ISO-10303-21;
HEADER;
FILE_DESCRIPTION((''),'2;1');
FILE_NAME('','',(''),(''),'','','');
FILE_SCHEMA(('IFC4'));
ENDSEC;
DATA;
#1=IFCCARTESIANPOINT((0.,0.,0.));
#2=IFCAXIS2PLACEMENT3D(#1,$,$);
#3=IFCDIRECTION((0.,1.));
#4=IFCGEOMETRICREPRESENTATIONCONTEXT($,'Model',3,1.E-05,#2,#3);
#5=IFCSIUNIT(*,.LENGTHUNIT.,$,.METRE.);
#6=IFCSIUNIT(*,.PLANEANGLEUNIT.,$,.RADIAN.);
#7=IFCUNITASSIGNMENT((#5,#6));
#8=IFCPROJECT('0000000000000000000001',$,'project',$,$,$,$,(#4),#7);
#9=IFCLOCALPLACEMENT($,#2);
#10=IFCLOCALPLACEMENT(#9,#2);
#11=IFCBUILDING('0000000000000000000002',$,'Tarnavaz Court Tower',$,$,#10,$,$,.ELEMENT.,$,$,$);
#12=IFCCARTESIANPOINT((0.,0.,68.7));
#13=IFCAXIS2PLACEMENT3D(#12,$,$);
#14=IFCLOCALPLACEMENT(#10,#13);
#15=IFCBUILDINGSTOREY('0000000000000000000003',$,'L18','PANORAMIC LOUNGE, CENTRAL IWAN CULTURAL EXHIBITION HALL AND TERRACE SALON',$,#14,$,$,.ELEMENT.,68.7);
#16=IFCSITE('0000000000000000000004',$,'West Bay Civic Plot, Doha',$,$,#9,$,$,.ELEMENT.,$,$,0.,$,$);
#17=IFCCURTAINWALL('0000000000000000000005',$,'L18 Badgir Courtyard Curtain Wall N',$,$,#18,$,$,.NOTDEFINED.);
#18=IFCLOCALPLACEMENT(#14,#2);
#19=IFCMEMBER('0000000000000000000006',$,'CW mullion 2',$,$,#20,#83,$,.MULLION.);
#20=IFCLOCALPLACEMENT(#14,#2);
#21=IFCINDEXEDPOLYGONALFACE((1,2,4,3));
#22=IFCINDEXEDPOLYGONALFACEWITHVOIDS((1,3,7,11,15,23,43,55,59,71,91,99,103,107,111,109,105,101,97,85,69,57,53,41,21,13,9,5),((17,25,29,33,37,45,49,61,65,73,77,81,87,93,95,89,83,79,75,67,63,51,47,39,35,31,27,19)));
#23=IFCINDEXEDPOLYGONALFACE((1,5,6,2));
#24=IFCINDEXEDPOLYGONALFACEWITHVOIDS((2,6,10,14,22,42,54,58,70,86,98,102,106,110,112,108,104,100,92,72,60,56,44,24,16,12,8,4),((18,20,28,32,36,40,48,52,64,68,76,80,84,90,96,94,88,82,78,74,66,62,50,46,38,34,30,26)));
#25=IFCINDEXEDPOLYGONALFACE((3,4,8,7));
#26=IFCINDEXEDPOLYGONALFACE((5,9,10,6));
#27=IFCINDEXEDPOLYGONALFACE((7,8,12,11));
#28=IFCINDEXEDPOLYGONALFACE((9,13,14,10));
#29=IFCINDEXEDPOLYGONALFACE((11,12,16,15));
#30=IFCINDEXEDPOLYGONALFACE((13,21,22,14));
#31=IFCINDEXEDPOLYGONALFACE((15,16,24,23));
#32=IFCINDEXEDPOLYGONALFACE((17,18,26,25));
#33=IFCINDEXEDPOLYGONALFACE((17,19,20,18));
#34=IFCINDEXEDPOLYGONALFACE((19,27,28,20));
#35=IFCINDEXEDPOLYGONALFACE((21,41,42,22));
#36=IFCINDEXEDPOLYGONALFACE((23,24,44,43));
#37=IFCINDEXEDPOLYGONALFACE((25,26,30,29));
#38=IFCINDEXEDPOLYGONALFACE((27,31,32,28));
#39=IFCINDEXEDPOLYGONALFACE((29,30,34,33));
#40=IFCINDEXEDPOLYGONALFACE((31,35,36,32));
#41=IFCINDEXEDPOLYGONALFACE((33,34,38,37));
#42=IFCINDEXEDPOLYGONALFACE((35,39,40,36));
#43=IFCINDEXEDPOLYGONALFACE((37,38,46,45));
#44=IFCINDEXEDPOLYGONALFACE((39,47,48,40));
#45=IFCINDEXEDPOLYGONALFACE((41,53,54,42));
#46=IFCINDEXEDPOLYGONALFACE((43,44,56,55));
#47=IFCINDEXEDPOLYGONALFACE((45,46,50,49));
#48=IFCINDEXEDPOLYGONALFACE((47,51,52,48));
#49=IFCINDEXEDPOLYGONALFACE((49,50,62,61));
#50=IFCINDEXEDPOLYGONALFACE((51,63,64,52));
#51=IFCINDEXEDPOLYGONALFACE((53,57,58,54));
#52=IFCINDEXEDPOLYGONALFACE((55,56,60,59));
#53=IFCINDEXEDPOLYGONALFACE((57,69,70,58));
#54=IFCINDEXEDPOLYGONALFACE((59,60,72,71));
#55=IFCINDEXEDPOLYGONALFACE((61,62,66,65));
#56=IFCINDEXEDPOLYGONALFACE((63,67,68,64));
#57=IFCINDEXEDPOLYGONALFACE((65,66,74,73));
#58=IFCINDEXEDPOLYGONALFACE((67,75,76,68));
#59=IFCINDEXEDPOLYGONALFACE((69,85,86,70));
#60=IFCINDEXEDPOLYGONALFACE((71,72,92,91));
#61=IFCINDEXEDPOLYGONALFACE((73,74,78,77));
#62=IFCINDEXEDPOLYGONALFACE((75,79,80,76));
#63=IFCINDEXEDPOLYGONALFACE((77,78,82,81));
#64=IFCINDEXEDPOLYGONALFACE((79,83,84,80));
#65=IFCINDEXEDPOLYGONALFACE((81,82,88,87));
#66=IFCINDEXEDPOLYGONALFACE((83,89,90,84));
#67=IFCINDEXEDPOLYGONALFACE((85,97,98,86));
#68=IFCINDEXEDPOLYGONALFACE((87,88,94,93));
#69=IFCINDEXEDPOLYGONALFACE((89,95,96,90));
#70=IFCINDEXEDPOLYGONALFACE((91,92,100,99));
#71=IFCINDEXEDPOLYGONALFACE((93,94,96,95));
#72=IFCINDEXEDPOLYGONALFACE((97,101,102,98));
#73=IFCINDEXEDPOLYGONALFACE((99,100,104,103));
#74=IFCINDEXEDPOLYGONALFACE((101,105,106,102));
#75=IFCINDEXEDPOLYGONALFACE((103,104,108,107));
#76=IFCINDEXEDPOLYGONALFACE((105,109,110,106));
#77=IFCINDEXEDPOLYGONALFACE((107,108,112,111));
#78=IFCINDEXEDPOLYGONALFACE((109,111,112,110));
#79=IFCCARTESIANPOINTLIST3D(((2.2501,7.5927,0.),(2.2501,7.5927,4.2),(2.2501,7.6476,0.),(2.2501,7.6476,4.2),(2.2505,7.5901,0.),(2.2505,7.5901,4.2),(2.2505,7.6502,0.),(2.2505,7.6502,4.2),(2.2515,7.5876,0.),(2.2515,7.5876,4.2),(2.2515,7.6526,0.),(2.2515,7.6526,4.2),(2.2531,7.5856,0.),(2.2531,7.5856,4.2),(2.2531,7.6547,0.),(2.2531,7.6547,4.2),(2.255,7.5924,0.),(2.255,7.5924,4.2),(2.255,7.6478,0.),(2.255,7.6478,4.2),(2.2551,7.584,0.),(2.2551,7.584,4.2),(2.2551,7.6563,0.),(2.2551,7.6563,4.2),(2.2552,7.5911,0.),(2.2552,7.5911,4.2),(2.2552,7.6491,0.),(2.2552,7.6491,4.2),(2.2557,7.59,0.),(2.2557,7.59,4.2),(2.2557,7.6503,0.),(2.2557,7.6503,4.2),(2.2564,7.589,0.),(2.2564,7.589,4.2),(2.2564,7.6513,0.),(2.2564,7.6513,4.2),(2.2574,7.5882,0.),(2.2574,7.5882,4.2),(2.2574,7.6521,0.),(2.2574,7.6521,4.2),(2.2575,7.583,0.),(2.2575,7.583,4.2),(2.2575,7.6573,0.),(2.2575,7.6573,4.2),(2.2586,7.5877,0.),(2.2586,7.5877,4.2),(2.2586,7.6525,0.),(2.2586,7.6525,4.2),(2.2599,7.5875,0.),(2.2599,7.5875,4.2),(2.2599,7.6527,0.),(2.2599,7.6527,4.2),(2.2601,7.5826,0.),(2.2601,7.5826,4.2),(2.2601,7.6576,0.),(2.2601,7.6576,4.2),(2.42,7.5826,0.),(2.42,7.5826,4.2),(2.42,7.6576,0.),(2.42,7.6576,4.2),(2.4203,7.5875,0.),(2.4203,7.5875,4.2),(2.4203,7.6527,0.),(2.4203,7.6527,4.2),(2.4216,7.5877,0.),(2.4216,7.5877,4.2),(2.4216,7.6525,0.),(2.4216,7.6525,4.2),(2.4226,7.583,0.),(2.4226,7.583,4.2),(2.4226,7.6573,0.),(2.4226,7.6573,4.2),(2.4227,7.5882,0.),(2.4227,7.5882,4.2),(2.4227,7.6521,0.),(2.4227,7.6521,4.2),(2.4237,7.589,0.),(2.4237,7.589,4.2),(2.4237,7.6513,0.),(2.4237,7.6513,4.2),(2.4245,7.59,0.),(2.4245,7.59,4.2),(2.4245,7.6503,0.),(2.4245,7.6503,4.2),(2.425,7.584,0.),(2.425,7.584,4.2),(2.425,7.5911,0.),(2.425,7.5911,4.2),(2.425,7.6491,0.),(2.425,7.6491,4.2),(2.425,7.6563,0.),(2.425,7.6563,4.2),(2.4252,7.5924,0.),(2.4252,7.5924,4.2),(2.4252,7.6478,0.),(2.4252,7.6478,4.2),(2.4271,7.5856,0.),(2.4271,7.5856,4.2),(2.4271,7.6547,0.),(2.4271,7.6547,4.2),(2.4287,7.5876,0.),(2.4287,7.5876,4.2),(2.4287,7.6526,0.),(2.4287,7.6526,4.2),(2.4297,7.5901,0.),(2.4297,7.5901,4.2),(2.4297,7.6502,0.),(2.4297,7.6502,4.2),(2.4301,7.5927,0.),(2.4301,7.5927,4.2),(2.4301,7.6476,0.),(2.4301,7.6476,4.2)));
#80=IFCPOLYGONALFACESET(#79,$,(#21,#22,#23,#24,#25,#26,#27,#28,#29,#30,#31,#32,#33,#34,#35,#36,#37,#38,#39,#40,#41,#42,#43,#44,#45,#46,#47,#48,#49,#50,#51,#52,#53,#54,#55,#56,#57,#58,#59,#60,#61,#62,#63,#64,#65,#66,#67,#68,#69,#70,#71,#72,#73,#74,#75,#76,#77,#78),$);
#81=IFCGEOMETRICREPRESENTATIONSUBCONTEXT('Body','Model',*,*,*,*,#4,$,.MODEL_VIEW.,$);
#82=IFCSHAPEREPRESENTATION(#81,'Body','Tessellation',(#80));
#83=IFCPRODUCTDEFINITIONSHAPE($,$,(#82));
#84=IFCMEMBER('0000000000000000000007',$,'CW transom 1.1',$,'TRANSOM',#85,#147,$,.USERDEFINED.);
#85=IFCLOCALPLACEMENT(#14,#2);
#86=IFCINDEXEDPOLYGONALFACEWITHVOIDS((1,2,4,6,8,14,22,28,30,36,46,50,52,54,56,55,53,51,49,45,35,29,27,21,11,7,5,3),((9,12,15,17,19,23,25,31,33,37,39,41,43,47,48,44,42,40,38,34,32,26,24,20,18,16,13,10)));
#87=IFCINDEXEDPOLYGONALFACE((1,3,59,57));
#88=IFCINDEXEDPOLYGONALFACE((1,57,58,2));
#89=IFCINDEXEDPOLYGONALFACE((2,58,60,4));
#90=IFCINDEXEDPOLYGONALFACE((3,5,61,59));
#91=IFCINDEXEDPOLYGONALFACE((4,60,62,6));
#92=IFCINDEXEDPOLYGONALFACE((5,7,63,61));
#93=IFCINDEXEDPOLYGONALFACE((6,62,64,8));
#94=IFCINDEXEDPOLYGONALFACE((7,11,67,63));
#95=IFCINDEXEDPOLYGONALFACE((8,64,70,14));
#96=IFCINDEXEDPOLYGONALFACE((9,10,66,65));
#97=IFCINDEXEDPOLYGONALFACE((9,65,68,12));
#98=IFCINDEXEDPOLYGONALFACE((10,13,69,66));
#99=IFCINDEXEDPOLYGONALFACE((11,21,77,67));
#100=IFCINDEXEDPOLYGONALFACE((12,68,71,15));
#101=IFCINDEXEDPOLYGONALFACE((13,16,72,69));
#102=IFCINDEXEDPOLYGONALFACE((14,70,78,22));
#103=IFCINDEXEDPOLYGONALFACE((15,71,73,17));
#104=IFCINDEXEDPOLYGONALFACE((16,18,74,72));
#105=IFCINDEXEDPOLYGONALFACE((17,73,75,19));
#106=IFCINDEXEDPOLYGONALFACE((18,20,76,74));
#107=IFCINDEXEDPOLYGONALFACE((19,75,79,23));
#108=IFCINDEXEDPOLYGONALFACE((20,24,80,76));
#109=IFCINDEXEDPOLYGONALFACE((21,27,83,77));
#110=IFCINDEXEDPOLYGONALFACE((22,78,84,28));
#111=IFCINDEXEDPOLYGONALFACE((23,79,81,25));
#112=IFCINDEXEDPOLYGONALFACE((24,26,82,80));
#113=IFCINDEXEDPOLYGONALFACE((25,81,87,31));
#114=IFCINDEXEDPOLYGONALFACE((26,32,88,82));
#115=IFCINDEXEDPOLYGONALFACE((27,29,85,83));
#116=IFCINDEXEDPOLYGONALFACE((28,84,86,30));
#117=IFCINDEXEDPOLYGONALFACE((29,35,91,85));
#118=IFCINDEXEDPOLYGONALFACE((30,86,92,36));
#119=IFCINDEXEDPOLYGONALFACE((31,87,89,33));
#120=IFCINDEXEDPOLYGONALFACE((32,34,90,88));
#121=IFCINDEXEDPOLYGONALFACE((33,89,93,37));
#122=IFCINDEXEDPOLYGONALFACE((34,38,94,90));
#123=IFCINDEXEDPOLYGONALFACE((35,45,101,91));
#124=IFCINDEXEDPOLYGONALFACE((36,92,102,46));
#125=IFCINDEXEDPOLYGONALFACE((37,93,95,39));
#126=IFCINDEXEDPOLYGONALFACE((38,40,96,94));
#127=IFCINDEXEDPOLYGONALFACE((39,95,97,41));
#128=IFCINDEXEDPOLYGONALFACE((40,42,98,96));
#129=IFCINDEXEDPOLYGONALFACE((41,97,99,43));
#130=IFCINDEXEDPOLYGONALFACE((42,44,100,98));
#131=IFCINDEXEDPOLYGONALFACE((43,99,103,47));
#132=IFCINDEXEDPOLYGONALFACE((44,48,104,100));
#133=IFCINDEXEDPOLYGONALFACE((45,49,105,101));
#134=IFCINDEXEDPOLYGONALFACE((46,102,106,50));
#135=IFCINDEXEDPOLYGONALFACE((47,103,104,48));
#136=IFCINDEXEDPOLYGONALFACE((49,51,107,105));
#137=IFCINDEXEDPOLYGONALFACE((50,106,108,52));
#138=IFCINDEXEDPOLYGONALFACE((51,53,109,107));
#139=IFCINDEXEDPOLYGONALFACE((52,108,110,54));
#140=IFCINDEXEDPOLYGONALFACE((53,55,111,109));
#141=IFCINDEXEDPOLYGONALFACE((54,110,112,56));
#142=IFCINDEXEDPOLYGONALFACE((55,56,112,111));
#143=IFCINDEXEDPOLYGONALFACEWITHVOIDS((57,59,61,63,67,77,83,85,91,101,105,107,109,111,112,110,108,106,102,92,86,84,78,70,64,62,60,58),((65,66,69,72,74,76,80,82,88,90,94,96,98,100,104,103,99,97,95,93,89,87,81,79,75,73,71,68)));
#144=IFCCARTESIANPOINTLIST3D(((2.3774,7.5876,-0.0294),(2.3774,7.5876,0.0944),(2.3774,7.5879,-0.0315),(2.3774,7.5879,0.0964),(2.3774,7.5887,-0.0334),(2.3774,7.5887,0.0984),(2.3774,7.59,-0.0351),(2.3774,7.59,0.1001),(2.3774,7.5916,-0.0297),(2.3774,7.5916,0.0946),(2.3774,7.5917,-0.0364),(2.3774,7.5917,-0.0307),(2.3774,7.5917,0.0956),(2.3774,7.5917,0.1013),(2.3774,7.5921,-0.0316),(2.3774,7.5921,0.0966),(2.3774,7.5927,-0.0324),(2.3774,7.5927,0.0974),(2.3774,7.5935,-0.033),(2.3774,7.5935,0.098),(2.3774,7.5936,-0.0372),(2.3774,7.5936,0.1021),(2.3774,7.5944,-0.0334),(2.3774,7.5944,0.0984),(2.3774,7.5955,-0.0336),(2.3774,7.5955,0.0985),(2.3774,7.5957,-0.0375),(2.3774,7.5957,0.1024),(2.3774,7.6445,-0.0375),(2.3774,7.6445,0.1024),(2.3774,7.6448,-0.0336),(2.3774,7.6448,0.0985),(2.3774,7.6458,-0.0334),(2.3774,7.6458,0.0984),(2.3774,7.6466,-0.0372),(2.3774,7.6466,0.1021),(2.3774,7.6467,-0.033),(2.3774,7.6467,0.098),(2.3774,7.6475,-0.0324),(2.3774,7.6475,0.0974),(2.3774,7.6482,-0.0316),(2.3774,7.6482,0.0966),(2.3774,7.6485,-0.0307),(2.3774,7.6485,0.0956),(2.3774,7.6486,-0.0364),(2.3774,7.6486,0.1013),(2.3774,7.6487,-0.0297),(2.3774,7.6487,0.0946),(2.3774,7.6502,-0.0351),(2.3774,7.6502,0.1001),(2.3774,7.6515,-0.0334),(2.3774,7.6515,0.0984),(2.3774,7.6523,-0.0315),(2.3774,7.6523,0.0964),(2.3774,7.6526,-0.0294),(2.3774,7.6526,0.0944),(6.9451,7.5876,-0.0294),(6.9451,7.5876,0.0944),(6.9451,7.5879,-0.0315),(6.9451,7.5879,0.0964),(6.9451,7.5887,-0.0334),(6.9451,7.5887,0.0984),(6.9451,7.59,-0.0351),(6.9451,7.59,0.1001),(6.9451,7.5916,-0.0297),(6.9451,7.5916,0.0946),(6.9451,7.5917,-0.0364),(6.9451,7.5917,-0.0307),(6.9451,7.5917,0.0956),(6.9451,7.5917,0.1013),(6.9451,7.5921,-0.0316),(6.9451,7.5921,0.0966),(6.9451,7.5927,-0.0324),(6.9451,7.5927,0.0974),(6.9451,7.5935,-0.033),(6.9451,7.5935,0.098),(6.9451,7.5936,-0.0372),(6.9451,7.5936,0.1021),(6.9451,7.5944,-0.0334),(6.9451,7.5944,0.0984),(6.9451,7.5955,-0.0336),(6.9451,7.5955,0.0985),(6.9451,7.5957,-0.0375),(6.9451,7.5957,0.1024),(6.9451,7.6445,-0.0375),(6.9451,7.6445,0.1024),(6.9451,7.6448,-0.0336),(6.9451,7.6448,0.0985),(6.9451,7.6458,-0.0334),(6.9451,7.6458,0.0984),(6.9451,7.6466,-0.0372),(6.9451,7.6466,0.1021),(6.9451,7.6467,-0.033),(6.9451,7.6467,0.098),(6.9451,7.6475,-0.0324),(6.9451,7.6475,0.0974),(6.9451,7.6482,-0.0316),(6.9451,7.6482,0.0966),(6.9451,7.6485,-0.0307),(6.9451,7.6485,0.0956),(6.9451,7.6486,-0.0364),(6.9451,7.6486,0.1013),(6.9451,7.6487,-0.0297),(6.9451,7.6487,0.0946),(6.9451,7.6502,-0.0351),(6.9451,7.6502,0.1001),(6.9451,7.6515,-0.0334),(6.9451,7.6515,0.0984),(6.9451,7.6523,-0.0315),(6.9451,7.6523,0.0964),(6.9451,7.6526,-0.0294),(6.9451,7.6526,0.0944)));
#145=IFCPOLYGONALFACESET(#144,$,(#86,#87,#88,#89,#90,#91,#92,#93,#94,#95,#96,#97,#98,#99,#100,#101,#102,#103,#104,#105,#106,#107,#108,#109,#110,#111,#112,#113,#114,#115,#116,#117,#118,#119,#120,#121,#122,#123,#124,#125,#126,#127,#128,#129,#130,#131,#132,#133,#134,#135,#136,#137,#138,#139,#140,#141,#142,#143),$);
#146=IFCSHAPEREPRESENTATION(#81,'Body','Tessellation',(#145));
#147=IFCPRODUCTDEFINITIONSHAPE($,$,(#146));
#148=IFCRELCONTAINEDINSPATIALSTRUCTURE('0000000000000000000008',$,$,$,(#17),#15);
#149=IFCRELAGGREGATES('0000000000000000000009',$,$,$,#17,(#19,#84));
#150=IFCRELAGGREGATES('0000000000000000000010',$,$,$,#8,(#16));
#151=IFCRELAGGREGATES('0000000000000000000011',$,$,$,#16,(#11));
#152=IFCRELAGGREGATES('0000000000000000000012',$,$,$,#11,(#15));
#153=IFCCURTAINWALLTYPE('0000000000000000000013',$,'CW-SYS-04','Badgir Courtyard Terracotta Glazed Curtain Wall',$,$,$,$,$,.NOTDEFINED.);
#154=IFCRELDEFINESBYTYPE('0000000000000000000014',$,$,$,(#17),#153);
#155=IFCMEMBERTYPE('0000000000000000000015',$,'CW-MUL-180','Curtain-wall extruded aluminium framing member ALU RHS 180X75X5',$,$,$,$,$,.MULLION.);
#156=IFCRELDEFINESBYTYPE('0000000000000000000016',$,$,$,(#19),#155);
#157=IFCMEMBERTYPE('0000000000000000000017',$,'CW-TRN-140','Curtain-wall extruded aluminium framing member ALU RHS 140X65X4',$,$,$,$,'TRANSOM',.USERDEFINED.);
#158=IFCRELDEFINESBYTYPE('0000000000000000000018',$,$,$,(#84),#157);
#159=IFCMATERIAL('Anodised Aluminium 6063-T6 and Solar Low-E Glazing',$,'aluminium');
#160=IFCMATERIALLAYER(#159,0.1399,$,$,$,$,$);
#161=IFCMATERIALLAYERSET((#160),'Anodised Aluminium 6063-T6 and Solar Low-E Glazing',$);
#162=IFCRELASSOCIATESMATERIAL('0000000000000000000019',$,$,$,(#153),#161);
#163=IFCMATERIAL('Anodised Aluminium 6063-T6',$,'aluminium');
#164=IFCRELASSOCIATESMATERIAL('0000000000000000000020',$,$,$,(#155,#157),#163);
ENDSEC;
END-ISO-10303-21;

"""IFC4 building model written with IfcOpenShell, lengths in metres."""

from ifc_helpers import new_model, si_unit, direction, frame, origin, origin_2d, place, context, subcontext, project, spatial, hollow_rectangle, extrude, material, layer, layer_set, material_profile, profile_set, type_object, element, aggregate, save


model = new_model("IFC4")

# Units and contexts
model_context = context("Model", 3, precision=1e-05, world=origin(), true_north=direction((0.0, 1.0)))
body_context = subcontext(model_context, "Body", "Model", "MODEL_VIEW")
ifc_project = project(units=[si_unit("LENGTHUNIT", "METRE"), si_unit("PLANEANGLEUNIT", "RADIAN")], contexts=[model_context])

# Site, building, storey
site_placement = place(None, origin())
site = spatial("IfcSite", under=ifc_project, at=site_placement, Name="West Bay Civic Plot, Doha", CompositionType="ELEMENT", RefElevation=0.0)
building_placement = place(site_placement, origin())
building = spatial("IfcBuilding", under=site, at=building_placement, Name="Tarnavaz Court Tower", CompositionType="ELEMENT")
storey_placement = place(building_placement, frame((0.0, 0.0, 68.7)))
storey = spatial("IfcBuildingStorey", under=building, at=storey_placement, Name="L18", Description="PANORAMIC LOUNGE, CENTRAL IWAN CULTURAL EXHIBITION HALL AND TERRACE SALON", CompositionType="ELEMENT", Elevation=68.7)

# Curtain wall, members
ifc_material_1 = material(Name="Anodised Aluminium 6063-T6 and Solar Low-E Glazing", Category="aluminium")
ifc_layer_1 = layer(ifc_material_1, 0.1399)
ifc_layer_set_1 = layer_set([ifc_layer_1], Name="Anodised Aluminium 6063-T6 and Solar Low-E Glazing")
curtain_wall_type = type_object("IfcCurtainWallType", Name="CW-SYS-04", Description="Badgir Courtyard Terracotta Glazed Curtain Wall", PredefinedType="NOTDEFINED", material=ifc_layer_set_1)
curtain_wall_placement = place(storey_placement, origin())
curtain_wall = element("IfcCurtainWall", 1, at=curtain_wall_placement, inside=storey, type_object=curtain_wall_type, Name="L18 Badgir Courtyard Curtain Wall N", PredefinedType="NOTDEFINED")
ifc_material_2 = material(Name="Anodised Aluminium 6063-T6", Category="aluminium")
ifc_material_profile_1 = material_profile(ifc_material_2, hollow_rectangle(XDim=0.075, YDim=0.1799, WallThickness=0.0049, InnerFilletRadius=0.0049, OuterFilletRadius=0.01, at=origin_2d()), Name="ALU RHS 180X75X5")
ifc_profile_set_1 = profile_set([ifc_material_profile_1], Name="Anodised Aluminium 6063-T6")
member_type_1 = type_object("IfcMemberType", Name="CW-MUL-180", Description="Curtain-wall extruded aluminium framing member ALU RHS 180X75X5", PredefinedType="MULLION", material=ifc_profile_set_1)
member_1_placement = place(storey_placement, frame((2.3401, 7.6201, 0.0), z_axis=(0.0, 0.0, 1.0), x_axis=(0.0, -1.0, 0.0)))
member_1 = element("IfcMember", 2, at=member_1_placement, type_object=member_type_1, Name="CW mullion 2", PredefinedType="MULLION", context=body_context, shape_type="SweptSolid", body=[
    extrude(hollow_rectangle(XDim=0.075, YDim=0.1799, WallThickness=0.0049, InnerFilletRadius=0.0049, OuterFilletRadius=0.01, at=origin_2d()), origin(), (0.0, 0.0, 1.0), 4.2),
])
ifc_material_profile_2 = material_profile(ifc_material_2, hollow_rectangle(XDim=0.0649, YDim=0.1399, WallThickness=0.0039, InnerFilletRadius=0.0039, OuterFilletRadius=0.0081, at=origin_2d()), Name="ALU RHS 140X65X4")
ifc_profile_set_2 = profile_set([ifc_material_profile_2], Name="Anodised Aluminium 6063-T6")
member_type_2 = type_object("IfcMemberType", Name="CW-TRN-140", Description="Curtain-wall extruded aluminium framing member ALU RHS 140X65X4", ElementType="TRANSOM", PredefinedType="USERDEFINED", material=ifc_profile_set_2)
member_2_placement = place(storey_placement, frame((6.9451, 7.6201, 0.0325), z_axis=(-1.0, 0.0, 0.0), x_axis=(0.0, -1.0, 0.0)))
member_2 = element("IfcMember", 3, at=member_2_placement, type_object=member_type_2, Name="CW transom 1.1", ObjectType="TRANSOM", PredefinedType="USERDEFINED", context=body_context, shape_type="SweptSolid", body=[
    extrude(hollow_rectangle(XDim=0.0649, YDim=0.1399, WallThickness=0.0039, InnerFilletRadius=0.0039, OuterFilletRadius=0.0081, at=origin_2d()), origin(), (0.0, 0.0, 1.0), 4.5676),
])
aggregate(curtain_wall, [member_1, member_2])

save(model, "model.ifc")
